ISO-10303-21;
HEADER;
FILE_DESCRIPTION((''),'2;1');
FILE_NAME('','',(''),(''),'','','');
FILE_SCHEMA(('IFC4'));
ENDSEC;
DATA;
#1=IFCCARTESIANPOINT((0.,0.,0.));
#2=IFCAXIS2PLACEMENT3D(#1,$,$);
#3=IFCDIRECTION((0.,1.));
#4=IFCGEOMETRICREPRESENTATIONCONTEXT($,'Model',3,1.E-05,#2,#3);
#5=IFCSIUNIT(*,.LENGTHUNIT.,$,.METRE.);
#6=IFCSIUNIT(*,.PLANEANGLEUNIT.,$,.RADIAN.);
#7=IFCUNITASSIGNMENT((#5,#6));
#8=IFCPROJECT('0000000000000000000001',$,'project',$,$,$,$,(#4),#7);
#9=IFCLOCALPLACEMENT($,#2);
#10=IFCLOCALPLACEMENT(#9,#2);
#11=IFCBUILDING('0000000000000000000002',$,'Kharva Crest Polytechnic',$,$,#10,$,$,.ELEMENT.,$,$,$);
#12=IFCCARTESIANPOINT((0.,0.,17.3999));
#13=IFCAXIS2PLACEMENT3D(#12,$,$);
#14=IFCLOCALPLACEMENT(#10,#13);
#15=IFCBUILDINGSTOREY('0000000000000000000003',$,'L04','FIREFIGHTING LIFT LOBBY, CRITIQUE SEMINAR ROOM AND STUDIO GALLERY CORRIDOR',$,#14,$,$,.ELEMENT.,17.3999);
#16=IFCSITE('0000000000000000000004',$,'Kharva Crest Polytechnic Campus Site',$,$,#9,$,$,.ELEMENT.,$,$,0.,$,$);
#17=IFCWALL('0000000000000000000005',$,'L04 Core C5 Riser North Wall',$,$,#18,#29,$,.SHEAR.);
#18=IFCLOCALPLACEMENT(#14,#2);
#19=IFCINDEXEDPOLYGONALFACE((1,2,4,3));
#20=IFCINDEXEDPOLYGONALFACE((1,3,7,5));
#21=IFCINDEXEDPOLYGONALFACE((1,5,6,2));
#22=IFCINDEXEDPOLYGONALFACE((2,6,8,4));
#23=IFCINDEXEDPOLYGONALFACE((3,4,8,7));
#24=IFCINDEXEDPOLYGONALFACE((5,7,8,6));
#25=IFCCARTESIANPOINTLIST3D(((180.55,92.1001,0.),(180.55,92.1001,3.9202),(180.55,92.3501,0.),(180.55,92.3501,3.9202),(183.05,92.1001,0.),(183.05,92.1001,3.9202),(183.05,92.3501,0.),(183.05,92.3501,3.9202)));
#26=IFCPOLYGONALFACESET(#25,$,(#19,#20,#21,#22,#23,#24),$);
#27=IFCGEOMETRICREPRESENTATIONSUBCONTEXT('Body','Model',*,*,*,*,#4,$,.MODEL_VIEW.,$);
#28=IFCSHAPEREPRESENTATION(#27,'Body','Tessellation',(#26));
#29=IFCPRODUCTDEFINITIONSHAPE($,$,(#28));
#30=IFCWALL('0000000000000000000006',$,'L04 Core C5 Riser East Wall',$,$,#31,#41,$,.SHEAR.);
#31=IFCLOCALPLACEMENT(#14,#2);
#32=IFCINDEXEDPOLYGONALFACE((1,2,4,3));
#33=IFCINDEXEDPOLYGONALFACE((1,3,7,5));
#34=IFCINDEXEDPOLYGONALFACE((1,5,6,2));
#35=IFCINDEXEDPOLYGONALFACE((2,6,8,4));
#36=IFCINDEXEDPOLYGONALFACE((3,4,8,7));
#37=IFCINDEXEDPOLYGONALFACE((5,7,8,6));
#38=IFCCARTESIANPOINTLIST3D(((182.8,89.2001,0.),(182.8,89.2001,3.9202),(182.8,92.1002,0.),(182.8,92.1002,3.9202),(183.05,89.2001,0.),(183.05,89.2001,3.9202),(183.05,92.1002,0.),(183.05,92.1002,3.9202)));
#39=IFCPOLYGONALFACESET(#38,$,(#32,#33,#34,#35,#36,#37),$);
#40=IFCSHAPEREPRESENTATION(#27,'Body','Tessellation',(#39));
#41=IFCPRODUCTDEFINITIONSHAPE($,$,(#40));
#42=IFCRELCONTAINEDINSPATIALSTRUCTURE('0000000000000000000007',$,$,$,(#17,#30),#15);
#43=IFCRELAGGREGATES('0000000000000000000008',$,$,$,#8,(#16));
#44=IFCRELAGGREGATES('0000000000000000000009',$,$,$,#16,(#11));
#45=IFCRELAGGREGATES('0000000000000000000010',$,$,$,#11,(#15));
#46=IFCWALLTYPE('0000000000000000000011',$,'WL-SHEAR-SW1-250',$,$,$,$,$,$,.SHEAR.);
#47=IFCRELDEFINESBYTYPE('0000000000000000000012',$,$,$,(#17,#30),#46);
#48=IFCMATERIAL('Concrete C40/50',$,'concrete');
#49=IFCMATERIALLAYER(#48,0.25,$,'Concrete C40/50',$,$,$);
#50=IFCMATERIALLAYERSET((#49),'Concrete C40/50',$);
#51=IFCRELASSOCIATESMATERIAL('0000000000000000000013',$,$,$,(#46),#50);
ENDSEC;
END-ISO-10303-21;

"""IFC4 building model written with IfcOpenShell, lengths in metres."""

from ifc_helpers import new_model, si_unit, direction, frame, frame_2d, origin, place, context, subcontext, project, spatial, rectangle, extrude, material, layer, layer_set, type_object, element, save


model = new_model("IFC4")

# Units and contexts
model_context = context("Model", 3, precision=1e-05, world=origin(), true_north=direction((0.0, 1.0)))
body_context = subcontext(model_context, "Body", "Model", "MODEL_VIEW")
ifc_project = project(units=[si_unit("LENGTHUNIT", "METRE"), si_unit("PLANEANGLEUNIT", "RADIAN")], contexts=[model_context])

# Site, building, storey
site_placement = place(None, origin())
site = spatial("IfcSite", under=ifc_project, at=site_placement, Name="Kharva Crest Polytechnic Campus Site", CompositionType="ELEMENT", RefElevation=0.0)
building_placement = place(site_placement, origin())
building = spatial("IfcBuilding", under=site, at=building_placement, Name="Kharva Crest Polytechnic", CompositionType="ELEMENT")
storey_placement = place(building_placement, frame((0.0, 0.0, 17.3999)))
storey = spatial("IfcBuildingStorey", under=building, at=storey_placement, Name="L04", Description="FIREFIGHTING LIFT LOBBY, CRITIQUE SEMINAR ROOM AND STUDIO GALLERY CORRIDOR", CompositionType="ELEMENT", Elevation=17.3999)

# Shared definitions
ifc_material_1 = material(Name="Concrete C40/50", Category="concrete")

# Walls
ifc_layer_1 = layer(ifc_material_1, 0.25, Name="Concrete C40/50")
ifc_layer_set_1 = layer_set([ifc_layer_1], Name="Concrete C40/50")
wall_type_1 = type_object("IfcWallType", Name="WL-SHEAR-SW1-250", PredefinedType="SHEAR", material=ifc_layer_set_1)
wall_1_placement = place(storey_placement, frame((180.55, 92.2251, 0.0), z_axis=(0.0, 0.0, 1.0), x_axis=(1.0, 0.0, 0.0)))
element("IfcWall", 1, at=wall_1_placement, inside=storey, type_object=wall_type_1, Name="L04 Core C5 Riser North Wall", PredefinedType="SHEAR", context=body_context, shape_type="SweptSolid", body=[
    extrude(rectangle(XDim=2.5, YDim=0.25, at=frame_2d((1.25, 0.0))), origin(), (0.0, 0.0, 1.0), 3.9202),
])
wall_2_placement = place(storey_placement, frame((182.925, 89.2, 0.0), z_axis=(0.0, 0.0, 1.0), x_axis=(0.0, 1.0, 0.0)))
element("IfcWall", 2, at=wall_2_placement, inside=storey, type_object=wall_type_1, Name="L04 Core C5 Riser East Wall", PredefinedType="SHEAR", context=body_context, shape_type="SweptSolid", body=[
    extrude(rectangle(XDim=2.9001, YDim=0.25, at=frame_2d((1.4502, 0.0))), origin(), (0.0, 0.0, 1.0), 3.9202),
])

save(model, "model.ifc")
